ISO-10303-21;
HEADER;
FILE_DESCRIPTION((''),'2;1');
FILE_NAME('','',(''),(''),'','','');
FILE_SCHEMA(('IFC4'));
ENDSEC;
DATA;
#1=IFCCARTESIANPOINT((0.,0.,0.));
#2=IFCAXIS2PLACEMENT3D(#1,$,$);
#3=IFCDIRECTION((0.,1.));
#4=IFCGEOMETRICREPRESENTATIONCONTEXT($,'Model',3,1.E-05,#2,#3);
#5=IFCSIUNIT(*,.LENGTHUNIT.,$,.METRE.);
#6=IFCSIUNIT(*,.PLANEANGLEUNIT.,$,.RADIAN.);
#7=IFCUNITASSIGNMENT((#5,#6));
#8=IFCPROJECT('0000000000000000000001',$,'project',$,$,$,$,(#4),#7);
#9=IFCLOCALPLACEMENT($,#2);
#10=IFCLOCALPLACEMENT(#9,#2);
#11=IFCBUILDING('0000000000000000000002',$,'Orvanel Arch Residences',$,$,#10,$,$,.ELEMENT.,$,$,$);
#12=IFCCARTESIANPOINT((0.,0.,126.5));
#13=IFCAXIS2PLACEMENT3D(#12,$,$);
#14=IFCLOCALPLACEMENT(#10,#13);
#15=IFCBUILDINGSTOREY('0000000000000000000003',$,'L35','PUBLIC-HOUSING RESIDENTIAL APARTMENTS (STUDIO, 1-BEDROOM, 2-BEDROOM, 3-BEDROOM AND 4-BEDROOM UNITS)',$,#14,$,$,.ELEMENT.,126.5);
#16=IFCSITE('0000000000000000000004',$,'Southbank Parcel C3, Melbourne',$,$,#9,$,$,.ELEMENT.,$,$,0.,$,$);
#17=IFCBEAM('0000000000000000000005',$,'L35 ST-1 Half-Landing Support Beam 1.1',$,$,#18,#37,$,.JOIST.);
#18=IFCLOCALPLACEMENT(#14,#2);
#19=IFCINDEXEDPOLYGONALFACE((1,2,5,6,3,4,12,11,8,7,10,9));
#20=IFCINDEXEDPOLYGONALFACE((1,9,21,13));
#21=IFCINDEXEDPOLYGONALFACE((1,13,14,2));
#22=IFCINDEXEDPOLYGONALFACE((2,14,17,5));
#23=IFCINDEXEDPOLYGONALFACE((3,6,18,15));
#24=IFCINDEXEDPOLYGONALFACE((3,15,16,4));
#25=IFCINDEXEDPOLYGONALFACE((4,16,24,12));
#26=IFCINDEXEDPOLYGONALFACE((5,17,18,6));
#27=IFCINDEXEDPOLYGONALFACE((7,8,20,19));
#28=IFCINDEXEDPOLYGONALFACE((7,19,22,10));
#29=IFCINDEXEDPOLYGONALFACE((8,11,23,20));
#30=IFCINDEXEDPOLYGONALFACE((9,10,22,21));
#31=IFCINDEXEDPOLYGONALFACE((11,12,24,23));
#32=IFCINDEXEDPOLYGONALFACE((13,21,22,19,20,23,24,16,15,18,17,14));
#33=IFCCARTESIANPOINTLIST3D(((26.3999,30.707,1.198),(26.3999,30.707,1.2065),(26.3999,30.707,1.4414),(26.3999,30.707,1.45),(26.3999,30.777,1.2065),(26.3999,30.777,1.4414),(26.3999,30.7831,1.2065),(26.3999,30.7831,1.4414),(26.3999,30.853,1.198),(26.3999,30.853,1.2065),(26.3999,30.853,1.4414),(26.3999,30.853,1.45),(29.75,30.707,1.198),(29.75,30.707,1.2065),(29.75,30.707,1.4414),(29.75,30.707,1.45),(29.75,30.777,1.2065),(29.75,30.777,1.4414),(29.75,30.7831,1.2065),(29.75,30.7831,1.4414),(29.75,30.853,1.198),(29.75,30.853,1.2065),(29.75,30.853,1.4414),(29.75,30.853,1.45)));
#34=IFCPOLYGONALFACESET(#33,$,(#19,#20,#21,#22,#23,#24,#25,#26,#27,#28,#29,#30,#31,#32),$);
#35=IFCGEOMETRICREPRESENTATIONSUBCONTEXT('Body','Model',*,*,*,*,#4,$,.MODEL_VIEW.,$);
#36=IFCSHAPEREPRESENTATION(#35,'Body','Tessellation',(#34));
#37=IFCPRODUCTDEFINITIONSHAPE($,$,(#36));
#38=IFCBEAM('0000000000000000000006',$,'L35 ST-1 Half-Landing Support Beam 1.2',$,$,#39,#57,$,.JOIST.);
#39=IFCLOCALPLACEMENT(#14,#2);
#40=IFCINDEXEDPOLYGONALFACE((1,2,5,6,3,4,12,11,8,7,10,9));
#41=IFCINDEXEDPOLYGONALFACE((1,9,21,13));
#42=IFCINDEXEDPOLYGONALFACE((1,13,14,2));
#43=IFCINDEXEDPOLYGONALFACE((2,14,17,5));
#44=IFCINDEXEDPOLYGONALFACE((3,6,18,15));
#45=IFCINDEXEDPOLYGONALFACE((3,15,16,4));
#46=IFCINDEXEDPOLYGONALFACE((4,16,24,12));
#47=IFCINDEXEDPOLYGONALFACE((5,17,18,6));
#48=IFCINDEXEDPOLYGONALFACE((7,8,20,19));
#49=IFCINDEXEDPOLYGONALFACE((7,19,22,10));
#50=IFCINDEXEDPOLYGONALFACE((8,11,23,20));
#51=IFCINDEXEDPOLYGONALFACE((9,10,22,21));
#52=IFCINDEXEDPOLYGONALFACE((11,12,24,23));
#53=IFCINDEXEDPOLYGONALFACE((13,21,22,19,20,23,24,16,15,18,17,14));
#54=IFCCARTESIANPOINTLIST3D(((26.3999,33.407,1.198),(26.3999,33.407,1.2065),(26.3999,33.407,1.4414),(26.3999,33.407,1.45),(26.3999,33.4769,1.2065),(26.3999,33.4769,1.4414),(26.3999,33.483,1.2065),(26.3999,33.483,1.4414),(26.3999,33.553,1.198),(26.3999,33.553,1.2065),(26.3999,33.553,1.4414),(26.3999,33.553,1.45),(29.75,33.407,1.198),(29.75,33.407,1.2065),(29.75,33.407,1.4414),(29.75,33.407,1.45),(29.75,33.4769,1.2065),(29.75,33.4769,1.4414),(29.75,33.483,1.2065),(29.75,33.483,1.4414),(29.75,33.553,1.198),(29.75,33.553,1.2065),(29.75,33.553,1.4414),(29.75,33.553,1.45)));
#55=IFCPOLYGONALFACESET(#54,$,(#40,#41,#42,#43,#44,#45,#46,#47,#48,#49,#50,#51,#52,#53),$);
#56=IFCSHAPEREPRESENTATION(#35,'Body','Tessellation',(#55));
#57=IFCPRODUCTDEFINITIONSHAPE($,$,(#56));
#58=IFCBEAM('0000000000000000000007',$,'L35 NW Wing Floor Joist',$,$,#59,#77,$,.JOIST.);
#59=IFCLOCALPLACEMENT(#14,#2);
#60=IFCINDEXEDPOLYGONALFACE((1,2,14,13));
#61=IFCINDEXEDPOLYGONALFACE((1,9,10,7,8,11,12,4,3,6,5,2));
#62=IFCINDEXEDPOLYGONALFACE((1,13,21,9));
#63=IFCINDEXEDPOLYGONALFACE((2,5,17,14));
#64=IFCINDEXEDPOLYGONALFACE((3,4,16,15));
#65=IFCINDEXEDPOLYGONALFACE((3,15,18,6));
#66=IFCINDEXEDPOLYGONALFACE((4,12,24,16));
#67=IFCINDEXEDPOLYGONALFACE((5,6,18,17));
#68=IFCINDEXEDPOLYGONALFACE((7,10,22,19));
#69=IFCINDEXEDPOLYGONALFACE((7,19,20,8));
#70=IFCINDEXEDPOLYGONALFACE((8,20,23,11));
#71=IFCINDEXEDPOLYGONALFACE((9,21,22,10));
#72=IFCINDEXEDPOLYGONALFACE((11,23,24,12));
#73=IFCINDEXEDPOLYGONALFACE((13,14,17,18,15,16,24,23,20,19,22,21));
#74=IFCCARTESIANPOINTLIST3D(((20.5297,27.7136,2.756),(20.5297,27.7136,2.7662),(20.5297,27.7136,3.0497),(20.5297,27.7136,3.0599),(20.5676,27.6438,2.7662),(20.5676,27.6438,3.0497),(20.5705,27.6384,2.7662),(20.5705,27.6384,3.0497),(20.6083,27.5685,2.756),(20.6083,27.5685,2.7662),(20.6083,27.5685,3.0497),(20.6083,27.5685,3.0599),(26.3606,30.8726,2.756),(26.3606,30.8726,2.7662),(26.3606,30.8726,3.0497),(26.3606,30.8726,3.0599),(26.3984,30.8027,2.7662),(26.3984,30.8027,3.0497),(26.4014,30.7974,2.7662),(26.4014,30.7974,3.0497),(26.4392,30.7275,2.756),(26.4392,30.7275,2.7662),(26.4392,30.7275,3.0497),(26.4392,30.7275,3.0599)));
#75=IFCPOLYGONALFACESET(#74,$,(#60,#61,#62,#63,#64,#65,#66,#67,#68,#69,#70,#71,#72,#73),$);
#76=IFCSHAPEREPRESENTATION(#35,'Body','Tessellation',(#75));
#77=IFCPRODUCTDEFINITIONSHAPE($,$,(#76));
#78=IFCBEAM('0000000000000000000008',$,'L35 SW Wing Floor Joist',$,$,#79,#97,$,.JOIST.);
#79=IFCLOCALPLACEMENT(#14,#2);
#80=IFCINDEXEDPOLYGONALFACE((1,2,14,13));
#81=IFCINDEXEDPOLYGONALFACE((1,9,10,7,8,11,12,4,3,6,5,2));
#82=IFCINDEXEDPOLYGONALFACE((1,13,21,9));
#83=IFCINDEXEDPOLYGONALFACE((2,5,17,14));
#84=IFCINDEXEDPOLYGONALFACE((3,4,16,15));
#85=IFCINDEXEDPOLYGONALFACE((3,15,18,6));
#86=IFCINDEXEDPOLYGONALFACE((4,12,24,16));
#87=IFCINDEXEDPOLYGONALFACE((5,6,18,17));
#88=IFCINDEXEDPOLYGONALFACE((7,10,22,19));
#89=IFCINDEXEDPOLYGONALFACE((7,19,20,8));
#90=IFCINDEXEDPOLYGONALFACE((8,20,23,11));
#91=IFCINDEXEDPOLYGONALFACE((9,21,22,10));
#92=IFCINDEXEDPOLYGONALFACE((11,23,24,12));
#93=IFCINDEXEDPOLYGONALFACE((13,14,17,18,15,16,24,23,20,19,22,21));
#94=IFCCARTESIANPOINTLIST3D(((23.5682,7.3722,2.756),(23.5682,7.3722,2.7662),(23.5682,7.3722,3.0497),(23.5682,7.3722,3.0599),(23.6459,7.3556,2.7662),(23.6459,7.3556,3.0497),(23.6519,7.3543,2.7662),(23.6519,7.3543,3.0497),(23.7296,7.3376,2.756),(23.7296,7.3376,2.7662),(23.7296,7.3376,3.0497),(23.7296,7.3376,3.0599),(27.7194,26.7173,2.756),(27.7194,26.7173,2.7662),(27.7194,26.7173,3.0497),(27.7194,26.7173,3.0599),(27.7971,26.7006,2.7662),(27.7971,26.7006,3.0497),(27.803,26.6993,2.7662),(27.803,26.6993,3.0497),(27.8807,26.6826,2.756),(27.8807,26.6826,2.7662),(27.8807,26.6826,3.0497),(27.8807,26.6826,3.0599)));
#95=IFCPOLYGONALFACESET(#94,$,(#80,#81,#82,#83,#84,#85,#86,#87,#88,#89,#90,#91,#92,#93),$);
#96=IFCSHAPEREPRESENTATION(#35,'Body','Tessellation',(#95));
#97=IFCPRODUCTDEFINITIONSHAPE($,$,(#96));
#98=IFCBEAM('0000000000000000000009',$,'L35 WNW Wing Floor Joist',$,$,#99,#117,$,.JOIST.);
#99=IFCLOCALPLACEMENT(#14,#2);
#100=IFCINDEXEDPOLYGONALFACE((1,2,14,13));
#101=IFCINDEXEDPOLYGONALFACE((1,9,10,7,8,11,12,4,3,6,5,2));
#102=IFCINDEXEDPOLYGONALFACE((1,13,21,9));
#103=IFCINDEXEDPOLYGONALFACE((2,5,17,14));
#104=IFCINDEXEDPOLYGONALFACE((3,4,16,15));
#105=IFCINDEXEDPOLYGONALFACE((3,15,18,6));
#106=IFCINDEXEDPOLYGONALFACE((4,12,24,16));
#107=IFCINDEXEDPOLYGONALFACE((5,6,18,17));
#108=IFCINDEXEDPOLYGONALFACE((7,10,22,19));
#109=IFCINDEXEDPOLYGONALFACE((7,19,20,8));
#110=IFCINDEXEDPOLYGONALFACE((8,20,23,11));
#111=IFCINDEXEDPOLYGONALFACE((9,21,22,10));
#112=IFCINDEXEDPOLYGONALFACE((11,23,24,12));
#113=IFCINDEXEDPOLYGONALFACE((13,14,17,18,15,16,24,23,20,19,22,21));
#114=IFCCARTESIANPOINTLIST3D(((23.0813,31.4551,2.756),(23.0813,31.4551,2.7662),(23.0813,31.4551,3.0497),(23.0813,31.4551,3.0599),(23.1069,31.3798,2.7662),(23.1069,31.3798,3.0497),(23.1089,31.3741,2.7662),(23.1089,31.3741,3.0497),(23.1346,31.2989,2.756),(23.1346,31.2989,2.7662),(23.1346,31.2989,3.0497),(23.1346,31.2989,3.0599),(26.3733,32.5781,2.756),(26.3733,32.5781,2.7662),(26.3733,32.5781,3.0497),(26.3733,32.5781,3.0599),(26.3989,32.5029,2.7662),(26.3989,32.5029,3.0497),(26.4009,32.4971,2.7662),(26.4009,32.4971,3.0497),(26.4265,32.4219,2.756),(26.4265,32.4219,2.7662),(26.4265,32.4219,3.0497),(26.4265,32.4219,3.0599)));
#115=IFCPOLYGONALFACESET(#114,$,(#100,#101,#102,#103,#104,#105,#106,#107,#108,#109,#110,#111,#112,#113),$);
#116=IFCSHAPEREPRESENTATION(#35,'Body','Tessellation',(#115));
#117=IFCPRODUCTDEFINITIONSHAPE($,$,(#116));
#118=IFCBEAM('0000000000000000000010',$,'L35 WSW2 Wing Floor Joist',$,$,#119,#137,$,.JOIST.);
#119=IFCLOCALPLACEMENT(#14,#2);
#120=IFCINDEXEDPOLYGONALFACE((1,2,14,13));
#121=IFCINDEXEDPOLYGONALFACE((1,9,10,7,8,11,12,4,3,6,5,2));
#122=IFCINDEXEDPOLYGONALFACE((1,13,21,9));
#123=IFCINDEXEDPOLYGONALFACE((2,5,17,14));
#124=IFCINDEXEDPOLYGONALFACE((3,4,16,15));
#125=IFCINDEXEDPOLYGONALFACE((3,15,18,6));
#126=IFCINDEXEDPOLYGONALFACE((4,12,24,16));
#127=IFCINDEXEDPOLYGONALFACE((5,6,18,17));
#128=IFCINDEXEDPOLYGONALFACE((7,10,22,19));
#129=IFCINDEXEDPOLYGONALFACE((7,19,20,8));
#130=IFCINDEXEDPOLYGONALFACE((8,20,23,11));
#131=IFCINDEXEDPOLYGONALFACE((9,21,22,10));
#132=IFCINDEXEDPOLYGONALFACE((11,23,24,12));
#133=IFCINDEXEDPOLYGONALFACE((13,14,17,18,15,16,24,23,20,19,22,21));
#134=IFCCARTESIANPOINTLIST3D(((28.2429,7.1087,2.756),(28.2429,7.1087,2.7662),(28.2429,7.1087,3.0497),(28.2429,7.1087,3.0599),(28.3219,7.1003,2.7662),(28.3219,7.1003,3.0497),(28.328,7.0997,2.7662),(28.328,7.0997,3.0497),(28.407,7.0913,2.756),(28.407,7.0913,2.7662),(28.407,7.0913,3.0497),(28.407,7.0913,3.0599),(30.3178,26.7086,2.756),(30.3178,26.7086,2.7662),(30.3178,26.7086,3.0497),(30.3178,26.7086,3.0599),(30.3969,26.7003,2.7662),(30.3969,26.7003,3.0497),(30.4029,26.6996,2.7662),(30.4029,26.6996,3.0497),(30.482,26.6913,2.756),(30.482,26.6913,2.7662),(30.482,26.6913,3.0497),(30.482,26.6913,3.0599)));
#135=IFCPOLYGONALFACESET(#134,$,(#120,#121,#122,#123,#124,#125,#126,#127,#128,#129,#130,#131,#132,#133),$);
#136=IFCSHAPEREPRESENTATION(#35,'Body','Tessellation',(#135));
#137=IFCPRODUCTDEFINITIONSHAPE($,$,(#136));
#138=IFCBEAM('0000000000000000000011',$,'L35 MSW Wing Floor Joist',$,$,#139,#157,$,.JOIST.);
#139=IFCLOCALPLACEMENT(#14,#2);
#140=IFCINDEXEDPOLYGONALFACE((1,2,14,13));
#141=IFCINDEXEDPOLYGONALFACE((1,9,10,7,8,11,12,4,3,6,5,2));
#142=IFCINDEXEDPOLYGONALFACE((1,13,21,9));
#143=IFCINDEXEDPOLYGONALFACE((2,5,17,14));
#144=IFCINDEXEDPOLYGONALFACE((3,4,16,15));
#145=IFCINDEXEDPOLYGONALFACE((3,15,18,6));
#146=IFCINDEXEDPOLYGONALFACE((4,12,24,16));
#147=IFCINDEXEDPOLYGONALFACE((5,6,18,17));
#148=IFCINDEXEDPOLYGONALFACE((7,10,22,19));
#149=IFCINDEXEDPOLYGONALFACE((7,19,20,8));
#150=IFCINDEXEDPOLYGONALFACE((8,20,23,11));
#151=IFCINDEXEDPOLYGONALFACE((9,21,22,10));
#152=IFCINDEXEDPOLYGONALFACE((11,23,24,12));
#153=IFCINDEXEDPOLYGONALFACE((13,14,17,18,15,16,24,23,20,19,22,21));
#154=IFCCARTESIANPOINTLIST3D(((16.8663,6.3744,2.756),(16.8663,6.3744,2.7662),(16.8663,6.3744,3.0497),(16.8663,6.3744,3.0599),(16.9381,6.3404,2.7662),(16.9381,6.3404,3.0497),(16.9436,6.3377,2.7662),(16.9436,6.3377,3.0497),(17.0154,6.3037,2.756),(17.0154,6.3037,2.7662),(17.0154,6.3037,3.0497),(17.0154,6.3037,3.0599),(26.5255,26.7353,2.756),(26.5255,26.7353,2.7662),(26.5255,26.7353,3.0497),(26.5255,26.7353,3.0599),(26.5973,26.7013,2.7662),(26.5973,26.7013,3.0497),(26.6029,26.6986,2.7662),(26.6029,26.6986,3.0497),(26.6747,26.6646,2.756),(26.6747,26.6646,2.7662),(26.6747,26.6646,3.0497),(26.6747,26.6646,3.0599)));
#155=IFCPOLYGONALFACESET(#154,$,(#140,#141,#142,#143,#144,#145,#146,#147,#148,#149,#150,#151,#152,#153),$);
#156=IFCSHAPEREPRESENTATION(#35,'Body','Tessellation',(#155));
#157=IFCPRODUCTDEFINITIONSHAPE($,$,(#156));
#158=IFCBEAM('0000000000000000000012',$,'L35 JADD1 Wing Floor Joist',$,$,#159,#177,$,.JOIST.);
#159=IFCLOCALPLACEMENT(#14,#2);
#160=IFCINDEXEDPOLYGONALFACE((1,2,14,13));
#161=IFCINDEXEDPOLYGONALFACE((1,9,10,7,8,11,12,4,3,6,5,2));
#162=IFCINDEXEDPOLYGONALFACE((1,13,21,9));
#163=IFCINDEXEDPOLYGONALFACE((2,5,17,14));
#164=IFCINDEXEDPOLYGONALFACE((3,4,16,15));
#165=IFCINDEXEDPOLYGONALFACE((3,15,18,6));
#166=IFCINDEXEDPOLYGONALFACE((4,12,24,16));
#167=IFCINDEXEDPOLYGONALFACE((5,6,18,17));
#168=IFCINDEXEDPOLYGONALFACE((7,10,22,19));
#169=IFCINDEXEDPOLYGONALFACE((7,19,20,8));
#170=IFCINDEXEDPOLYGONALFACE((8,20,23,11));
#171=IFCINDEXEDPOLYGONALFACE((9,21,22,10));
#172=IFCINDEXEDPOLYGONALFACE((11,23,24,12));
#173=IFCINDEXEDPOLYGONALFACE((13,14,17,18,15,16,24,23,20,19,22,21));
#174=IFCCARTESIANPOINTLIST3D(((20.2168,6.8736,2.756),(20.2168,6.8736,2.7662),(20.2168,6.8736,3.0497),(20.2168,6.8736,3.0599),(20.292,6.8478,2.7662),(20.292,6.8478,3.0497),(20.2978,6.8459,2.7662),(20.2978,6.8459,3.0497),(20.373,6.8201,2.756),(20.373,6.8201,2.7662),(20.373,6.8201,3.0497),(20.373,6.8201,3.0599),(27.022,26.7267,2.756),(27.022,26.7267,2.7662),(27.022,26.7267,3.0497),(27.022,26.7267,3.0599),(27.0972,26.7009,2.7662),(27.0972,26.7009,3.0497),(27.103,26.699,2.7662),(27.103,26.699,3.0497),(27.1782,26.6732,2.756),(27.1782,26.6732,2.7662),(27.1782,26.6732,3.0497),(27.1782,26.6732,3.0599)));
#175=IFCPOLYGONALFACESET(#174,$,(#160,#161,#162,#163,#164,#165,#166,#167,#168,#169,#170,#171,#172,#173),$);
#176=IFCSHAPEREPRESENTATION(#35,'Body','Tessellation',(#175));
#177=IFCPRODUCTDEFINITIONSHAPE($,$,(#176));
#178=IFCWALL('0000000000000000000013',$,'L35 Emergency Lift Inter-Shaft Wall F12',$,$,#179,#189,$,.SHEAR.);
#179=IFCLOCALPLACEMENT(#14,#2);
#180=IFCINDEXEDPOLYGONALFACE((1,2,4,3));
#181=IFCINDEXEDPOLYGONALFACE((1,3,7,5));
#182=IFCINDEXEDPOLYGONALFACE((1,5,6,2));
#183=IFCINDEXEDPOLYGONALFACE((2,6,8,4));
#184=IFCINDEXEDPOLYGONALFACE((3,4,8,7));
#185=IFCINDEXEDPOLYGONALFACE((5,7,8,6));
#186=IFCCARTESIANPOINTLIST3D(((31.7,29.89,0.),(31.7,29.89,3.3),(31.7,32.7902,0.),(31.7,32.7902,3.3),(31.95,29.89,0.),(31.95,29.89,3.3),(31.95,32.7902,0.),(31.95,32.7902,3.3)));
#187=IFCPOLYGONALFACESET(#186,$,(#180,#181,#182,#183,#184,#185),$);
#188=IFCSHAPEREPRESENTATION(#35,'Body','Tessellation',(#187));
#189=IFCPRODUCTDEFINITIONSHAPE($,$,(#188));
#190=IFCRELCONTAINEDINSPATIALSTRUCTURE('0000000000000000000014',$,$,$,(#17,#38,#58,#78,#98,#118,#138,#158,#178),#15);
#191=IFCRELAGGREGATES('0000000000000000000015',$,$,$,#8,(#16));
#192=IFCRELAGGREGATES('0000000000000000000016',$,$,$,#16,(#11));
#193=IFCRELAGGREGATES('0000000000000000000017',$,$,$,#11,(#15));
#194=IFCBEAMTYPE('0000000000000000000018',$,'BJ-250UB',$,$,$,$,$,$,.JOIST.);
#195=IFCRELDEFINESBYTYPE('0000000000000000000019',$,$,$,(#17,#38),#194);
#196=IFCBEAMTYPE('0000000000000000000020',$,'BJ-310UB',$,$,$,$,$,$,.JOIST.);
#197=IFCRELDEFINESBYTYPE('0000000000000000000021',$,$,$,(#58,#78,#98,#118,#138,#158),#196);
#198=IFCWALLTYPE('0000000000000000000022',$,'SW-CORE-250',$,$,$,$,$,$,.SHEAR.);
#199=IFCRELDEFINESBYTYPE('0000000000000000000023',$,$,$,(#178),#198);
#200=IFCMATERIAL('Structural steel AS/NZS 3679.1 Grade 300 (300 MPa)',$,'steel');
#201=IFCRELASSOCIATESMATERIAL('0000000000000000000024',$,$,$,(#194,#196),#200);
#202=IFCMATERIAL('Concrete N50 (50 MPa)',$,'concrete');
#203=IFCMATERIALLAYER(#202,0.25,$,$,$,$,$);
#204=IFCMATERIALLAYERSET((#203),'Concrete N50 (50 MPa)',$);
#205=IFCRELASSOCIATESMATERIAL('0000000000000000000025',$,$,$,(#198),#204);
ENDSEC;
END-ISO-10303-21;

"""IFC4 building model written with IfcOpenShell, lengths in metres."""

from ifc_helpers import new_model, si_unit, direction, frame, frame_2d, origin, origin_2d, place, context, subcontext, project, spatial, rectangle, i_section, extrude, material, layer, layer_set, material_profile, profile_set, type_object, element, save


model = new_model("IFC4")

# Units and contexts
model_context = context("Model", 3, precision=1e-05, world=origin(), true_north=direction((0.0, 1.0)))
body_context = subcontext(model_context, "Body", "Model", "MODEL_VIEW")
ifc_project = project(units=[si_unit("LENGTHUNIT", "METRE"), si_unit("PLANEANGLEUNIT", "RADIAN")], contexts=[model_context])

# Site, building, storey
site_placement = place(None, origin())
site = spatial("IfcSite", under=ifc_project, at=site_placement, Name="Southbank Parcel C3, Melbourne", CompositionType="ELEMENT", RefElevation=0.0)
building_placement = place(site_placement, origin())
building = spatial("IfcBuilding", under=site, at=building_placement, Name="Orvanel Arch Residences", CompositionType="ELEMENT")
storey_placement = place(building_placement, frame((0.0, 0.0, 126.5)))
storey = spatial("IfcBuildingStorey", under=building, at=storey_placement, Name="L35", Description="PUBLIC-HOUSING RESIDENTIAL APARTMENTS (STUDIO, 1-BEDROOM, 2-BEDROOM, 3-BEDROOM AND 4-BEDROOM UNITS)", CompositionType="ELEMENT", Elevation=126.5)

# Beams
ifc_material_1 = material(Name="Structural steel AS/NZS 3679.1 Grade 300 (300 MPa)", Category="steel")
ifc_material_profile_1 = material_profile(ifc_material_1, i_section(OverallWidth=0.146, OverallDepth=0.252, WebThickness=0.0061, FlangeThickness=0.0085, at=origin_2d()), Name="250UB31.4")
ifc_profile_set_1 = profile_set([ifc_material_profile_1], Name="Structural steel AS/NZS 3679.1 Grade 300 (300 MPa)")
beam_type_1 = type_object("IfcBeamType", Name="BJ-250UB", PredefinedType="JOIST", material=ifc_profile_set_1)
for number, where, z_axis, x_axis, name in (
    (1, (26.3999, 30.78, 1.324), (1.0, 0.0, 0.0), (0.0, 1.0, 0.0), "L35 ST-1 Half-Landing Support Beam 1.1"),
    (2, (26.3999, 33.48, 1.324), (1.0, 0.0, 0.0), (0.0, 1.0, 0.0), "L35 ST-1 Half-Landing Support Beam 1.2"),
):
    element("IfcBeam", number, at=place(storey_placement, frame(where, z_axis=z_axis, x_axis=x_axis)), inside=storey, type_object=beam_type_1, Name=name, PredefinedType="JOIST", context=body_context, shape_type="SweptSolid", body=[
        extrude(i_section(OverallWidth=0.146, OverallDepth=0.252, WebThickness=0.0061, FlangeThickness=0.0085, at=origin_2d()), origin(), (0.0, 0.0, 1.0), 3.3501),
    ])
ifc_material_profile_2 = material_profile(ifc_material_1, i_section(OverallWidth=0.165, OverallDepth=0.304, WebThickness=0.0061, FlangeThickness=0.0103, at=origin_2d()), Name="310UB40.4")
ifc_profile_set_2 = profile_set([ifc_material_profile_2], Name="Structural steel AS/NZS 3679.1 Grade 300 (300 MPa)")
beam_type_2 = type_object("IfcBeamType", Name="BJ-310UB", PredefinedType="JOIST", material=ifc_profile_set_2)
beam_1_placement = place(storey_placement, frame((26.3999, 30.8, 2.908), z_axis=(-0.879255, -0.476351, 0.0), x_axis=(0.476351, -0.879255, 0.0)))
element("IfcBeam", 3, at=beam_1_placement, inside=storey, type_object=beam_type_2, Name="L35 NW Wing Floor Joist", PredefinedType="JOIST", context=body_context, shape_type="SweptSolid", body=[
    extrude(i_section(OverallWidth=0.165, OverallDepth=0.304, WebThickness=0.0061, FlangeThickness=0.0103, at=origin_2d()), origin(), (0.0, 0.0, 1.0), 6.6316),
])
beam_2_placement = place(storey_placement, frame((27.8, 26.7, 2.908), z_axis=(-0.209808, -0.977743, 0.0), x_axis=(0.977743, -0.209808, 0.0)))
element("IfcBeam", 4, at=beam_2_placement, inside=storey, type_object=beam_type_2, Name="L35 SW Wing Floor Joist", PredefinedType="JOIST", context=body_context, shape_type="SweptSolid", body=[
    extrude(i_section(OverallWidth=0.165, OverallDepth=0.304, WebThickness=0.0061, FlangeThickness=0.0103, at=origin_2d()), origin(), (0.0, 0.0, 1.0), 19.7854),
])
beam_3_placement = place(storey_placement, frame((26.3999, 32.5, 2.908), z_axis=(-0.946442, -0.322874, 0.0), x_axis=(0.322874, -0.946442, 0.0)))
element("IfcBeam", 5, at=beam_3_placement, inside=storey, type_object=beam_type_2, Name="L35 WNW Wing Floor Joist", PredefinedType="JOIST", context=body_context, shape_type="SweptSolid", body=[
    extrude(i_section(OverallWidth=0.165, OverallDepth=0.304, WebThickness=0.0061, FlangeThickness=0.0103, at=origin_2d()), origin(), (0.0, 0.0, 1.0), 3.4783),
])
beam_4_placement = place(storey_placement, frame((30.3999, 26.7, 2.908), z_axis=(-0.105277, -0.994443, 0.0), x_axis=(0.994443, -0.105277, 0.0)))
element("IfcBeam", 6, at=beam_4_placement, inside=storey, type_object=beam_type_2, Name="L35 WSW2 Wing Floor Joist", PredefinedType="JOIST", context=body_context, shape_type="SweptSolid", body=[
    extrude(i_section(OverallWidth=0.165, OverallDepth=0.304, WebThickness=0.0061, FlangeThickness=0.0103, at=origin_2d()), origin(), (0.0, 0.0, 1.0), 19.7095),
])
beam_5_placement = place(storey_placement, frame((26.6001, 26.7, 2.908), z_axis=(-0.428614, -0.903488, 0.0), x_axis=(0.903488, -0.428614, 0.0)))
element("IfcBeam", 7, at=beam_5_placement, inside=storey, type_object=beam_type_2, Name="L35 MSW Wing Floor Joist", PredefinedType="JOIST", context=body_context, shape_type="SweptSolid", body=[
    extrude(i_section(OverallWidth=0.165, OverallDepth=0.304, WebThickness=0.0061, FlangeThickness=0.0103, at=origin_2d()), origin(), (0.0, 0.0, 1.0), 22.5359),
])
beam_6_placement = place(storey_placement, frame((27.1001, 26.7, 2.908), z_axis=(-0.324257, -0.945969, 0.0), x_axis=(0.945969, -0.324257, 0.0)))
element("IfcBeam", 8, at=beam_6_placement, inside=storey, type_object=beam_type_2, Name="L35 JADD1 Wing Floor Joist", PredefinedType="JOIST", context=body_context, shape_type="SweptSolid", body=[
    extrude(i_section(OverallWidth=0.165, OverallDepth=0.304, WebThickness=0.0061, FlangeThickness=0.0103, at=origin_2d()), origin(), (0.0, 0.0, 1.0), 20.9871),
])

# Wall
ifc_material_2 = material(Name="Concrete N50 (50 MPa)", Category="concrete")
ifc_layer_1 = layer(ifc_material_2, 0.25)
ifc_layer_set_1 = layer_set([ifc_layer_1], Name="Concrete N50 (50 MPa)")
wall_type_1 = type_object("IfcWallType", Name="SW-CORE-250", PredefinedType="SHEAR", material=ifc_layer_set_1)
wall_1_placement = place(storey_placement, frame((31.825, 29.8899, 0.0), z_axis=(0.0, 0.0, 1.0), x_axis=(0.0, 1.0, 0.0)))
element("IfcWall", 9, at=wall_1_placement, inside=storey, type_object=wall_type_1, Name="L35 Emergency Lift Inter-Shaft Wall F12", PredefinedType="SHEAR", context=body_context, shape_type="SweptSolid", body=[
    extrude(rectangle(XDim=2.9001, YDim=0.25, at=frame_2d((1.4502, 0.0))), origin(), (0.0, 0.0, 1.0), 3.3),
])

save(model, "model.ifc")
